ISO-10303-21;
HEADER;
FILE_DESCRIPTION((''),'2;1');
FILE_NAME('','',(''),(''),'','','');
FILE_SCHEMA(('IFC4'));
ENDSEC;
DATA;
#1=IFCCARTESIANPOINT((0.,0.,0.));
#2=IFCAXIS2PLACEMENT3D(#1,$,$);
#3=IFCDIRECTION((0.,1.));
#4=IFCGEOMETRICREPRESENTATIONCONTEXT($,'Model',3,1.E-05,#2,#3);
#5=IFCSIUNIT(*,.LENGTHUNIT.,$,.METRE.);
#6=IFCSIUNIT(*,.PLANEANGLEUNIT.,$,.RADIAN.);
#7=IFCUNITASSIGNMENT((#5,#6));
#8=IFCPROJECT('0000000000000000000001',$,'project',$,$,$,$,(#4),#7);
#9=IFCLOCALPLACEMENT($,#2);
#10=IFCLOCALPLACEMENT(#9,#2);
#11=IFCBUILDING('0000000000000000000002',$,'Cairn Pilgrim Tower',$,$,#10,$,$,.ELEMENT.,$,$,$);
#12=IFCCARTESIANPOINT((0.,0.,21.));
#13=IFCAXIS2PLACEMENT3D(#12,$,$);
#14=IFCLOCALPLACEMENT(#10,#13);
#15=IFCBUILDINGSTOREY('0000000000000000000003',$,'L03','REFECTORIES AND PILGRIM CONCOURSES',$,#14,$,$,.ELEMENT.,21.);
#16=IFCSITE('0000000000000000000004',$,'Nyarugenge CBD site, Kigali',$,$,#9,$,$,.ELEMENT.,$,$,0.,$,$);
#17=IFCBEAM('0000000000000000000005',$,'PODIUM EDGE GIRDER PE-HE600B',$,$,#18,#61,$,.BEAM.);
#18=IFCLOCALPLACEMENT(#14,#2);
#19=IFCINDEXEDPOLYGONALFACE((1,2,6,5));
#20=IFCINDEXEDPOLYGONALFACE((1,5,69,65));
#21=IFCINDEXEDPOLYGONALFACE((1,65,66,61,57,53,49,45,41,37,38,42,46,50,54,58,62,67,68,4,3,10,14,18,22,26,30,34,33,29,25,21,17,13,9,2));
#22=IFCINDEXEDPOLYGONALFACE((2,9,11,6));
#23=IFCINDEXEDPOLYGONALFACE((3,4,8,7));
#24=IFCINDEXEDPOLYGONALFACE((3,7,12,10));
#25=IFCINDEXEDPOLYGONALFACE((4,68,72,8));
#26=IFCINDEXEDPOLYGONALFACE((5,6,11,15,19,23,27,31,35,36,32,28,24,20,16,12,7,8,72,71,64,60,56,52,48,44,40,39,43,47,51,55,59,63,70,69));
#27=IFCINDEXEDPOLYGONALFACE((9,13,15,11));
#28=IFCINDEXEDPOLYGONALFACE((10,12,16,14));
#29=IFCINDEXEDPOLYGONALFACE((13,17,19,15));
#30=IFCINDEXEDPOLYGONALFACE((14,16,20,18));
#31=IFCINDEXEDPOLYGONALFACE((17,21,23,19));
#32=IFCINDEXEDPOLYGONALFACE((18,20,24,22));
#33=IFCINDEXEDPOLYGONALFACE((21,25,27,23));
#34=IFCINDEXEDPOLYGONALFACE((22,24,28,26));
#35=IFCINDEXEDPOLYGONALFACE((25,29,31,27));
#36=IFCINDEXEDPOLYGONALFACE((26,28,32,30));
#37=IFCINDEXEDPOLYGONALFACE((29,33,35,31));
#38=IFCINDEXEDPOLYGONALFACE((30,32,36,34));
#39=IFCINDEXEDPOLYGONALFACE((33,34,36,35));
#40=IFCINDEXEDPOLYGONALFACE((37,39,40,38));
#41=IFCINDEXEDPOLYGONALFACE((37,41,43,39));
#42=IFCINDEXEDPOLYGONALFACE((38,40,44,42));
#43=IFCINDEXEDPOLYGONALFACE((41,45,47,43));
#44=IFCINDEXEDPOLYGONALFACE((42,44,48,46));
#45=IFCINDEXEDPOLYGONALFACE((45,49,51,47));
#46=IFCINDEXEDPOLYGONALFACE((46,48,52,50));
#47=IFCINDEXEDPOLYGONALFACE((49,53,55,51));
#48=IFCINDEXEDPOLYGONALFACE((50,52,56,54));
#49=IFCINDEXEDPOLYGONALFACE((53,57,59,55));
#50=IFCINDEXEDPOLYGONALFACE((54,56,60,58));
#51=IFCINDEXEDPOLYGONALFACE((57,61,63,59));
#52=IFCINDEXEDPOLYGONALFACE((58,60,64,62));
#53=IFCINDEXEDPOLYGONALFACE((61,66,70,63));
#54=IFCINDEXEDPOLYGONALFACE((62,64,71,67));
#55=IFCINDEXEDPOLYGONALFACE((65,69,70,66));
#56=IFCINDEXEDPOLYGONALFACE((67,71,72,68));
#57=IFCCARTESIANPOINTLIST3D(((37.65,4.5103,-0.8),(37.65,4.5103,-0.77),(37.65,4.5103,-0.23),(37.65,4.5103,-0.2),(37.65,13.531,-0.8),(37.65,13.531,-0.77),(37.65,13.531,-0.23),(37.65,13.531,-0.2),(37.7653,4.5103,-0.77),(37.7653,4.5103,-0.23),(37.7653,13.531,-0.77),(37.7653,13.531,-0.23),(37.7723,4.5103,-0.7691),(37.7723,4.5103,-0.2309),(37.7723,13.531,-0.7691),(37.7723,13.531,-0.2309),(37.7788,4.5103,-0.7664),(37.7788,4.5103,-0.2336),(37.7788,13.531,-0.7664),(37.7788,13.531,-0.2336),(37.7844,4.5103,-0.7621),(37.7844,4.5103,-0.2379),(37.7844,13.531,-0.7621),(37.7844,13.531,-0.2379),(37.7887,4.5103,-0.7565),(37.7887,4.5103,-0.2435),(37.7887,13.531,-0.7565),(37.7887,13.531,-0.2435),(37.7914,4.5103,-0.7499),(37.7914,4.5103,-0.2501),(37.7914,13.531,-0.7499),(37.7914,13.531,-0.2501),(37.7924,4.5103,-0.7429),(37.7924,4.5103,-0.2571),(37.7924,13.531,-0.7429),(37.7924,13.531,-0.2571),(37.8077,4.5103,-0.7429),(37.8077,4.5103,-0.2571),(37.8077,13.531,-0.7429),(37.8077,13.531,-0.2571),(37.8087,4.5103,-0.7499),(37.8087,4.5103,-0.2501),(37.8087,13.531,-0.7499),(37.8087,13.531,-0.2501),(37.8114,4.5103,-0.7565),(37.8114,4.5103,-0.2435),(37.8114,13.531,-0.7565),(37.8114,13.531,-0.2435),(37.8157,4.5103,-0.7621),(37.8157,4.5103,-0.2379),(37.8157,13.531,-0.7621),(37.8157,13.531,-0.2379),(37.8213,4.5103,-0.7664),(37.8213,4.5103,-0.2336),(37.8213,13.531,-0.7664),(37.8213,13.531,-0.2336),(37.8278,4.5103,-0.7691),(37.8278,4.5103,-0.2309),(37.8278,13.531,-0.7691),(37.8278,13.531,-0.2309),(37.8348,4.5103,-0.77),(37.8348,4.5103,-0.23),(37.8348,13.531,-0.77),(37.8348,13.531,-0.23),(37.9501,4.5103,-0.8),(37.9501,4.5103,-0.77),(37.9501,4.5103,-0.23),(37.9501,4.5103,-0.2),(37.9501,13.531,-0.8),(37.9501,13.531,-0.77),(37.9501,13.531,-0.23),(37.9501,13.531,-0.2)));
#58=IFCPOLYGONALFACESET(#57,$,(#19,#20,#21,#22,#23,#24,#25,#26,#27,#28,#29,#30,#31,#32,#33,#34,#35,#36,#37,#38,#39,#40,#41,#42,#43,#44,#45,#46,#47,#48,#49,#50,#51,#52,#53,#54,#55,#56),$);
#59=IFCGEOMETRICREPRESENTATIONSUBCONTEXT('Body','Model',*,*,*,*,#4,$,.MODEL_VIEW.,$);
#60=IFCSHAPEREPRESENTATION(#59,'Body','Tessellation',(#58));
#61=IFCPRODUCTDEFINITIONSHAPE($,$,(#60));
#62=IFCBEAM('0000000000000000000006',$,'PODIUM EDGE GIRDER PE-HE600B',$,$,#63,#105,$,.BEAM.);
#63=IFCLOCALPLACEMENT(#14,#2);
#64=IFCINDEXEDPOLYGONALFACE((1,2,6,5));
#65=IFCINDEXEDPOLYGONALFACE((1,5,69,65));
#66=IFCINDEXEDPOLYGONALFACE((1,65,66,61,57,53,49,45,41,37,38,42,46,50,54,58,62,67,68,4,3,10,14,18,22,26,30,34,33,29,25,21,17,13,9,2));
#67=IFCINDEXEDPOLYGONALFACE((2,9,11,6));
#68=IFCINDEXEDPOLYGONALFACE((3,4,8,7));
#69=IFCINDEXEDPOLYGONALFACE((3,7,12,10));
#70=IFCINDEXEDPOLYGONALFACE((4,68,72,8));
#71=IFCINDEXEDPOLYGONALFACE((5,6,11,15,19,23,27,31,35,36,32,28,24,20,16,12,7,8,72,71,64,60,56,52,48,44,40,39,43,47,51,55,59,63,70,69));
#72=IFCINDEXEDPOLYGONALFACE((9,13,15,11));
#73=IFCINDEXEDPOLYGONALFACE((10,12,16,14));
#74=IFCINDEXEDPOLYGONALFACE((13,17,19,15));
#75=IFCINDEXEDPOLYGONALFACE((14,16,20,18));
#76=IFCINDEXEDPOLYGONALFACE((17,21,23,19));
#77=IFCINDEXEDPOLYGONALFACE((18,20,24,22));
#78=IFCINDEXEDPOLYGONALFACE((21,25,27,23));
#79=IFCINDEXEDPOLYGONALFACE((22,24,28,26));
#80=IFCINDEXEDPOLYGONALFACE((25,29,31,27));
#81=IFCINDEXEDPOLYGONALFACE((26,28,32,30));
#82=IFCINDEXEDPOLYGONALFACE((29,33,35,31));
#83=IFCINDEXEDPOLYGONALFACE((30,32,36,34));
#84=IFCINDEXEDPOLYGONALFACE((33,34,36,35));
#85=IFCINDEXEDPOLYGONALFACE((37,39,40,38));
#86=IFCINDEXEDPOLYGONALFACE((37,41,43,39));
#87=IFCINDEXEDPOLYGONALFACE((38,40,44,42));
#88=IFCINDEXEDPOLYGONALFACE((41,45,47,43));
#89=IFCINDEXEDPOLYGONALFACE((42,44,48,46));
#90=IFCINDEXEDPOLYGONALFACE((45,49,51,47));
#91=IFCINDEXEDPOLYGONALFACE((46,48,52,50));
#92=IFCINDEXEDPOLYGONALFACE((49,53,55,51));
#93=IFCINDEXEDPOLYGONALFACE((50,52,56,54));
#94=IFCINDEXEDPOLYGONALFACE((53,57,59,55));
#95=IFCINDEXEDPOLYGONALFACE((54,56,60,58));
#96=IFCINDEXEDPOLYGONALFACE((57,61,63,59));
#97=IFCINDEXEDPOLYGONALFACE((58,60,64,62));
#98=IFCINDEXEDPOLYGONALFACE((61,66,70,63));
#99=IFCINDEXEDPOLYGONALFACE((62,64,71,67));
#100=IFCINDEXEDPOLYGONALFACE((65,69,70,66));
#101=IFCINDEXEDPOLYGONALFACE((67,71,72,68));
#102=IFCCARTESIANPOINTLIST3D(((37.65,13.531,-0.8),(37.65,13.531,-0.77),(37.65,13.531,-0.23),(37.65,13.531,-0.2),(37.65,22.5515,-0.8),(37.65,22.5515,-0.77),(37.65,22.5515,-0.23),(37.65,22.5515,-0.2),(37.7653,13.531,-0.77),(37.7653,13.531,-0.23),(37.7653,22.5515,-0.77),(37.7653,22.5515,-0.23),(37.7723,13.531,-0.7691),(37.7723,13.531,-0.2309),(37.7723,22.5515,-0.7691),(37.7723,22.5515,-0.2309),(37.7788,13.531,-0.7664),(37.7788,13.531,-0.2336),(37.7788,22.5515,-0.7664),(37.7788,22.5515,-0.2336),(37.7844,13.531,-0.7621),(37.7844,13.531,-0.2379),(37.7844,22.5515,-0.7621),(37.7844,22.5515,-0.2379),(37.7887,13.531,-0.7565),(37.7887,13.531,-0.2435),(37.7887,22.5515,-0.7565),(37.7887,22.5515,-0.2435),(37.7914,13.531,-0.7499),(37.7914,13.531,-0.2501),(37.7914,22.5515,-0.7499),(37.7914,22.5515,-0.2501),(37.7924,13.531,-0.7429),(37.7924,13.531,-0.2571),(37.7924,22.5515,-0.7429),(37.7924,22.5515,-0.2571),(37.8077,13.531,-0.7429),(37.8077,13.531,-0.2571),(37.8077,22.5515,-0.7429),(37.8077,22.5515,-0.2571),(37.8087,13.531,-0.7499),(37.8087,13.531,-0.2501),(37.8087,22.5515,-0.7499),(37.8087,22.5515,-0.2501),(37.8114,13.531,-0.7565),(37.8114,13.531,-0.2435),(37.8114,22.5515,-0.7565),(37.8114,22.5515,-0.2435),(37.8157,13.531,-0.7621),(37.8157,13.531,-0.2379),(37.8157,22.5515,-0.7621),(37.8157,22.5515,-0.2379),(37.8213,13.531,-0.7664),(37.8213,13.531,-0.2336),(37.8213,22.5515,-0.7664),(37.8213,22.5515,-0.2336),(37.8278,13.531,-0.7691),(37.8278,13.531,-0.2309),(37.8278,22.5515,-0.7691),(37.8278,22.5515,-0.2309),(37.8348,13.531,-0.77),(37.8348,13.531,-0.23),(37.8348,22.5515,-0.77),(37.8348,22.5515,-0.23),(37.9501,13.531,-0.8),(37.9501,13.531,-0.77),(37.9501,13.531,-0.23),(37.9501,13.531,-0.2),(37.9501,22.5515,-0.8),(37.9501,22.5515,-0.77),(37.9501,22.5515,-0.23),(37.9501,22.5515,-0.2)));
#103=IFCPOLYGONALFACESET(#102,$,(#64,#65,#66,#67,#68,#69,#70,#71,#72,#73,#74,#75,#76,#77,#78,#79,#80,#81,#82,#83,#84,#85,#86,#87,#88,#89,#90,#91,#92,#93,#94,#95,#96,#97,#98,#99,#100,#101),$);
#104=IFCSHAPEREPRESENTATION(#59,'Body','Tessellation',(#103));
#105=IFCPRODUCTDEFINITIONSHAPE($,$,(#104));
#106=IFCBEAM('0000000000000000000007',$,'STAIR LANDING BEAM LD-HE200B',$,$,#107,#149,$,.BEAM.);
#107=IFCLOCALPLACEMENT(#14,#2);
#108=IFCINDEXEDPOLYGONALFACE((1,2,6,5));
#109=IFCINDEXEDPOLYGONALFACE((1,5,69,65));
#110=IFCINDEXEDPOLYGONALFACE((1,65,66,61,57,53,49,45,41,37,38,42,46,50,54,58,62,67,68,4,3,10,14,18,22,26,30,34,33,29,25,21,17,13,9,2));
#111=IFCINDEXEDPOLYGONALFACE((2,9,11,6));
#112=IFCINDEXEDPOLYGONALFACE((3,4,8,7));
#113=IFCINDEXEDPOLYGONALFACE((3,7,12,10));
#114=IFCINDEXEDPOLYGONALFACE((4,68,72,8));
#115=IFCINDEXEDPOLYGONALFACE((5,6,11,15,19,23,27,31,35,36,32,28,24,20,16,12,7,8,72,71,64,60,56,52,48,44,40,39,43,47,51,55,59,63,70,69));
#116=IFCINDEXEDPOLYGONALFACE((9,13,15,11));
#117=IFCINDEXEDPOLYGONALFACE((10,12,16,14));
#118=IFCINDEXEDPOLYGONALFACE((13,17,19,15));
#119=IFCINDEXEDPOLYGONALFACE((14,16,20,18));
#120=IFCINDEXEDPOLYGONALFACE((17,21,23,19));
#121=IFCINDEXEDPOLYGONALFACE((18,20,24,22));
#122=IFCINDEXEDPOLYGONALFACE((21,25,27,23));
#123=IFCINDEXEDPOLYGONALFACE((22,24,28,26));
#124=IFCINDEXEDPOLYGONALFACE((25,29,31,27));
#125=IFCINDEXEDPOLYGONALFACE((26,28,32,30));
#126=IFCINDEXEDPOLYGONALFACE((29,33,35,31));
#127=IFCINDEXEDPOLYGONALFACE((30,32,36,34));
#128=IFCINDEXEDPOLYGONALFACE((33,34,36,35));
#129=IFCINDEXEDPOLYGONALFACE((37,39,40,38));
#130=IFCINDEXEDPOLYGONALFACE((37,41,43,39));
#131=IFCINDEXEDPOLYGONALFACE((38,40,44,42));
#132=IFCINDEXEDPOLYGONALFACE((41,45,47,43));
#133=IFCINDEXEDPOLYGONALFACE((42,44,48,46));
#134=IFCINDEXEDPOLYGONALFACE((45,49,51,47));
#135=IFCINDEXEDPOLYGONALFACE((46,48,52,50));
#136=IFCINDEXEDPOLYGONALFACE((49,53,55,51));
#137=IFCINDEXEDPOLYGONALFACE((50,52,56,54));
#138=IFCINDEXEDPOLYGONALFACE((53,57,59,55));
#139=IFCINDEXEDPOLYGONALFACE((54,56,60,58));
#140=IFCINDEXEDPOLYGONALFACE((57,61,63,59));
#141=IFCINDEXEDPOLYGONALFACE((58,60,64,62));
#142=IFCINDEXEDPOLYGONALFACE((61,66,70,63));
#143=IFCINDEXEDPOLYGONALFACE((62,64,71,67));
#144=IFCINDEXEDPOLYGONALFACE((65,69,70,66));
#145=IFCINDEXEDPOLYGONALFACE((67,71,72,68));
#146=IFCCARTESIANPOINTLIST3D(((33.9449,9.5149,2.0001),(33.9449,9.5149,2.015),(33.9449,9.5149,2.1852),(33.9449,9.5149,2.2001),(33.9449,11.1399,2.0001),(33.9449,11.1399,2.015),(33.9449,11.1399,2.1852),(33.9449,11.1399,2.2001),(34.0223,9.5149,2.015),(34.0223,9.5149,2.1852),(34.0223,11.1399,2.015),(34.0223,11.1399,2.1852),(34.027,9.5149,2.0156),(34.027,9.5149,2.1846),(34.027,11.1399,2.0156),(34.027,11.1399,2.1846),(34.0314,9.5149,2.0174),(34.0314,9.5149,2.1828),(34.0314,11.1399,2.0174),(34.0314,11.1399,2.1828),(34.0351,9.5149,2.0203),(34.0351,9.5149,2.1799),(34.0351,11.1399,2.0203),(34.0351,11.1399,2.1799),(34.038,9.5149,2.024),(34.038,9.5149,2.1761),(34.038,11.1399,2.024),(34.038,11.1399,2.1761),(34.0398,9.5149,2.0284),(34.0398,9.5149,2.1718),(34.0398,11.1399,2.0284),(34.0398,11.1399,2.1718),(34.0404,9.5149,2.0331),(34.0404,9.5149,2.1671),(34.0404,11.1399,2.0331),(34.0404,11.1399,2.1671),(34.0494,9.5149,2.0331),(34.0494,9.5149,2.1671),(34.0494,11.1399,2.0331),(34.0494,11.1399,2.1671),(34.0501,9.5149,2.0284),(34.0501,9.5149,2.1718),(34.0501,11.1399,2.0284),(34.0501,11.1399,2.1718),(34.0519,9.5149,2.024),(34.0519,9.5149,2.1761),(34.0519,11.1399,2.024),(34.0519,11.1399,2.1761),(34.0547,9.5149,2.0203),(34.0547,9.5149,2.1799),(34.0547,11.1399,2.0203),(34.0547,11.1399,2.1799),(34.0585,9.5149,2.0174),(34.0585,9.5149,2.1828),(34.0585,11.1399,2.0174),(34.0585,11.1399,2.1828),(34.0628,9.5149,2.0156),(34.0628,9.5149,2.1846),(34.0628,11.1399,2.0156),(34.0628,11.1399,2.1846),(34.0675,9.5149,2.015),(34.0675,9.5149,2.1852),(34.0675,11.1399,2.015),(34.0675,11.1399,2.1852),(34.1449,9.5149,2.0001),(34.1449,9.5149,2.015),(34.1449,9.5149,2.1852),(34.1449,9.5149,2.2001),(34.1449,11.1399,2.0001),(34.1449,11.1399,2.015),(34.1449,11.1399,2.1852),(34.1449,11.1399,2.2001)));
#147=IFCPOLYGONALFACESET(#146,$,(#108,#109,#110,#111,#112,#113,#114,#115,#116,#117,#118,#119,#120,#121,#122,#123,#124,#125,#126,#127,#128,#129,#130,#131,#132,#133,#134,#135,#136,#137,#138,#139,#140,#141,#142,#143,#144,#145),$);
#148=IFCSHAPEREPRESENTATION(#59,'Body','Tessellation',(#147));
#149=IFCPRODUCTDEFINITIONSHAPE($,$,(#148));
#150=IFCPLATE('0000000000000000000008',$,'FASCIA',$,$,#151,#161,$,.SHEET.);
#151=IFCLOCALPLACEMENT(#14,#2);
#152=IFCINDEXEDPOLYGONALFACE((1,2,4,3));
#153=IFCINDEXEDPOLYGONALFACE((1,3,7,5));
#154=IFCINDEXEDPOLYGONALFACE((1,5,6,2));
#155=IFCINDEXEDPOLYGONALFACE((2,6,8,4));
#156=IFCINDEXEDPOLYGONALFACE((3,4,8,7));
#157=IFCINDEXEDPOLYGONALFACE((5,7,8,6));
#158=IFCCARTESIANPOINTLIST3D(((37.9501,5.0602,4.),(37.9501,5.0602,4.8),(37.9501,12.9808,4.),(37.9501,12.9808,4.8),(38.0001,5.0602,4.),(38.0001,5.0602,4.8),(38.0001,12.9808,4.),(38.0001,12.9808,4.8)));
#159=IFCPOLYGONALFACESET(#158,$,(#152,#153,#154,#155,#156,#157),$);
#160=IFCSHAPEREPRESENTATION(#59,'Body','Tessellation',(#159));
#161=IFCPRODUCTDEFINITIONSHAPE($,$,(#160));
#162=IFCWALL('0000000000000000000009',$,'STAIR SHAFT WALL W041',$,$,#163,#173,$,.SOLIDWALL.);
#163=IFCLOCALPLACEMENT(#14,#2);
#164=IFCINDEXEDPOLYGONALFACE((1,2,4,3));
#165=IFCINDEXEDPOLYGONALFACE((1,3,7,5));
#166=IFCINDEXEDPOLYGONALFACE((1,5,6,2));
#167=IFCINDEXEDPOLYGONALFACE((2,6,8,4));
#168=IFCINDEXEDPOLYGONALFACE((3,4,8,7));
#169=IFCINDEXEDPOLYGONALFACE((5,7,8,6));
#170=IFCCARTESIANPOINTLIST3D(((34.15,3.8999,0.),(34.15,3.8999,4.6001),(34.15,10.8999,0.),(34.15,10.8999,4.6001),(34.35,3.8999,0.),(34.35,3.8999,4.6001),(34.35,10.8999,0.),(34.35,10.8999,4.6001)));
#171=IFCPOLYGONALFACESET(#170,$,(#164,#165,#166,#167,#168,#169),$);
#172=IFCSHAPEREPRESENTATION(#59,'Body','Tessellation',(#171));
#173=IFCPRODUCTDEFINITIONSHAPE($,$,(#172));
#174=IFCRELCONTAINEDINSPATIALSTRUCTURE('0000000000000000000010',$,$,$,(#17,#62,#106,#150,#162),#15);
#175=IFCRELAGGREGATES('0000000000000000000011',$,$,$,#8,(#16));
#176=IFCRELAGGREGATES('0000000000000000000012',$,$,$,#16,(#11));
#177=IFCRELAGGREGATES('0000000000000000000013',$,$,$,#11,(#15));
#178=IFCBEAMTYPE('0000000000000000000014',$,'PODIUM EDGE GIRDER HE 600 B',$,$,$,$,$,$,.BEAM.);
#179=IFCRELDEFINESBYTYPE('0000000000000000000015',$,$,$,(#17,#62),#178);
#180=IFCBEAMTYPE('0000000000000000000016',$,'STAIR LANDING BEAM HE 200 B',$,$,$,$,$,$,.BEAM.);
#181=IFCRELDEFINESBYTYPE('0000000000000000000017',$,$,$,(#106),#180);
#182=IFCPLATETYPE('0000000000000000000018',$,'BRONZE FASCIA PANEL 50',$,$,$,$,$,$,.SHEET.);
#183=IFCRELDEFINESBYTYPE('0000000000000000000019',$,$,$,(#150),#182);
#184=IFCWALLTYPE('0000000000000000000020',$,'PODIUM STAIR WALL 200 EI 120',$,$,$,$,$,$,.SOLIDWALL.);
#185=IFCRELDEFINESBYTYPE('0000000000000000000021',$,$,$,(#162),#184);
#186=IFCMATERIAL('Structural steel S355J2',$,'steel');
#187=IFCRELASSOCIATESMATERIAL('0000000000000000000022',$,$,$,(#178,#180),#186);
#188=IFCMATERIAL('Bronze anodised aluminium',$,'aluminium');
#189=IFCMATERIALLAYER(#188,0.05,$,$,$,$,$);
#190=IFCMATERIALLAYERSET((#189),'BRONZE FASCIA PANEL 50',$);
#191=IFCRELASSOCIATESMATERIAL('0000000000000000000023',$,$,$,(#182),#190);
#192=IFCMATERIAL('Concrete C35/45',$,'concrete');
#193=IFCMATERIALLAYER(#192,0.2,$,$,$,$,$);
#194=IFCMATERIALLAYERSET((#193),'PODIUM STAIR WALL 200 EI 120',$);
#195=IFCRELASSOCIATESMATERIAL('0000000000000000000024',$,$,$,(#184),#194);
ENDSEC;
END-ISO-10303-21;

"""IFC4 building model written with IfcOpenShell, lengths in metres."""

from ifc_helpers import new_model, si_unit, direction, frame, frame_2d, origin, origin_2d, place, context, subcontext, project, spatial, rectangle, i_section, extrude, material, layer, layer_set, material_profile, profile_set, type_object, element, save


model = new_model("IFC4")

# Units and contexts
model_context = context("Model", 3, precision=1e-05, world=origin(), true_north=direction((0.0, 1.0)))
body_context = subcontext(model_context, "Body", "Model", "MODEL_VIEW")
ifc_project = project(units=[si_unit("LENGTHUNIT", "METRE"), si_unit("PLANEANGLEUNIT", "RADIAN")], contexts=[model_context])

# Site, building, storey
site_placement = place(None, origin())
site = spatial("IfcSite", under=ifc_project, at=site_placement, Name="Nyarugenge CBD site, Kigali", CompositionType="ELEMENT", RefElevation=0.0)
building_placement = place(site_placement, origin())
building = spatial("IfcBuilding", under=site, at=building_placement, Name="Cairn Pilgrim Tower", CompositionType="ELEMENT")
storey_placement = place(building_placement, frame((0.0, 0.0, 21.0)))
storey = spatial("IfcBuildingStorey", under=building, at=storey_placement, Name="L03", Description="REFECTORIES AND PILGRIM CONCOURSES", CompositionType="ELEMENT", Elevation=21.0)

# Shared definitions
ifc_material_1 = material(Name="Structural steel S355J2", Category="steel")

# Beams
ifc_material_profile_1 = material_profile(ifc_material_1, i_section(OverallWidth=0.3, OverallDepth=0.6001, WebThickness=0.0154, FlangeThickness=0.03, FilletRadius=0.0271, at=origin_2d()), Name="HEB 600")
ifc_profile_set_1 = profile_set([ifc_material_profile_1], Name="Structural steel S355J2")
beam_type_1 = type_object("IfcBeamType", Name="PODIUM EDGE GIRDER HE 600 B", PredefinedType="BEAM", material=ifc_profile_set_1)
beam_1_placement = place(storey_placement, frame((37.8, 4.5103, -0.5), z_axis=(0.0, 1.0, 0.0), x_axis=(-1.0, 0.0, 0.0)))
element("IfcBeam", 1, at=beam_1_placement, inside=storey, type_object=beam_type_1, Name="PODIUM EDGE GIRDER PE-HE600B", PredefinedType="BEAM", context=body_context, shape_type="SweptSolid", body=[
    extrude(i_section(OverallWidth=0.3, OverallDepth=0.6001, WebThickness=0.0154, FlangeThickness=0.03, FilletRadius=0.0271, at=origin_2d()), origin(), (0.0, 0.0, 1.0), 9.0208),
])
beam_2_placement = place(storey_placement, frame((37.8, 13.531, -0.5), z_axis=(0.0, 1.0, 0.0), x_axis=(-1.0, 0.0, 0.0)))
element("IfcBeam", 2, at=beam_2_placement, inside=storey, type_object=beam_type_1, Name="PODIUM EDGE GIRDER PE-HE600B", PredefinedType="BEAM", context=body_context, shape_type="SweptSolid", body=[
    extrude(i_section(OverallWidth=0.3, OverallDepth=0.6001, WebThickness=0.0154, FlangeThickness=0.03, FilletRadius=0.0271, at=origin_2d()), origin(), (0.0, 0.0, 1.0), 9.0205),
])
ifc_material_profile_2 = material_profile(ifc_material_1, i_section(OverallWidth=0.2, OverallDepth=0.2, WebThickness=0.009, FlangeThickness=0.0149, FilletRadius=0.0181, at=origin_2d()), Name="HE 200 B")
ifc_profile_set_2 = profile_set([ifc_material_profile_2], Name="Structural steel S355J2")
beam_type_2 = type_object("IfcBeamType", Name="STAIR LANDING BEAM HE 200 B", PredefinedType="BEAM", material=ifc_profile_set_2)
beam_3_placement = place(storey_placement, frame((34.0449, 11.1399, 2.1001), z_axis=(0.0, -1.0, 0.0), x_axis=(1.0, 0.0, 0.0)))
element("IfcBeam", 3, at=beam_3_placement, inside=storey, type_object=beam_type_2, Name="STAIR LANDING BEAM LD-HE200B", PredefinedType="BEAM", context=body_context, shape_type="SweptSolid", body=[
    extrude(i_section(OverallWidth=0.2, OverallDepth=0.2, WebThickness=0.009, FlangeThickness=0.0149, FilletRadius=0.0181, at=origin_2d()), origin(), (0.0, 0.0, 1.0), 1.625),
])

# Plate
ifc_material_2 = material(Name="Bronze anodised aluminium", Category="aluminium")
ifc_layer_1 = layer(ifc_material_2, 0.05)
ifc_layer_set_1 = layer_set([ifc_layer_1], Name="BRONZE FASCIA PANEL 50")
plate_type = type_object("IfcPlateType", Name="BRONZE FASCIA PANEL 50", PredefinedType="SHEET", material=ifc_layer_set_1)
plate_placement = place(storey_placement, frame((37.9751, 9.0205, 4.0), z_axis=(0.0, 0.0, 1.0), x_axis=(0.0, 1.0, 0.0)))
element("IfcPlate", 4, at=plate_placement, inside=storey, type_object=plate_type, Name="FASCIA", PredefinedType="SHEET", context=body_context, shape_type="SweptSolid", body=[
    extrude(rectangle(XDim=7.9207, YDim=0.05, at=origin_2d()), origin(), (0.0, 0.0, 1.0), 0.8),
])

# Wall
ifc_material_3 = material(Name="Concrete C35/45", Category="concrete")
ifc_layer_2 = layer(ifc_material_3, 0.2)
ifc_layer_set_2 = layer_set([ifc_layer_2], Name="PODIUM STAIR WALL 200 EI 120")
wall_type_1 = type_object("IfcWallType", Name="PODIUM STAIR WALL 200 EI 120", PredefinedType="SOLIDWALL", material=ifc_layer_set_2)
wall_1_placement = place(storey_placement, frame((34.25, 3.8999, 0.0), z_axis=(0.0, 0.0, 1.0), x_axis=(0.0, 1.0, 0.0)))
element("IfcWall", 5, at=wall_1_placement, inside=storey, type_object=wall_type_1, Name="STAIR SHAFT WALL W041", PredefinedType="SOLIDWALL", context=body_context, shape_type="SweptSolid", body=[
    extrude(rectangle(XDim=7.0, YDim=0.2, at=frame_2d((3.5, 0.0))), origin(), (0.0, 0.0, 1.0), 4.6001),
])

save(model, "model.ifc")
